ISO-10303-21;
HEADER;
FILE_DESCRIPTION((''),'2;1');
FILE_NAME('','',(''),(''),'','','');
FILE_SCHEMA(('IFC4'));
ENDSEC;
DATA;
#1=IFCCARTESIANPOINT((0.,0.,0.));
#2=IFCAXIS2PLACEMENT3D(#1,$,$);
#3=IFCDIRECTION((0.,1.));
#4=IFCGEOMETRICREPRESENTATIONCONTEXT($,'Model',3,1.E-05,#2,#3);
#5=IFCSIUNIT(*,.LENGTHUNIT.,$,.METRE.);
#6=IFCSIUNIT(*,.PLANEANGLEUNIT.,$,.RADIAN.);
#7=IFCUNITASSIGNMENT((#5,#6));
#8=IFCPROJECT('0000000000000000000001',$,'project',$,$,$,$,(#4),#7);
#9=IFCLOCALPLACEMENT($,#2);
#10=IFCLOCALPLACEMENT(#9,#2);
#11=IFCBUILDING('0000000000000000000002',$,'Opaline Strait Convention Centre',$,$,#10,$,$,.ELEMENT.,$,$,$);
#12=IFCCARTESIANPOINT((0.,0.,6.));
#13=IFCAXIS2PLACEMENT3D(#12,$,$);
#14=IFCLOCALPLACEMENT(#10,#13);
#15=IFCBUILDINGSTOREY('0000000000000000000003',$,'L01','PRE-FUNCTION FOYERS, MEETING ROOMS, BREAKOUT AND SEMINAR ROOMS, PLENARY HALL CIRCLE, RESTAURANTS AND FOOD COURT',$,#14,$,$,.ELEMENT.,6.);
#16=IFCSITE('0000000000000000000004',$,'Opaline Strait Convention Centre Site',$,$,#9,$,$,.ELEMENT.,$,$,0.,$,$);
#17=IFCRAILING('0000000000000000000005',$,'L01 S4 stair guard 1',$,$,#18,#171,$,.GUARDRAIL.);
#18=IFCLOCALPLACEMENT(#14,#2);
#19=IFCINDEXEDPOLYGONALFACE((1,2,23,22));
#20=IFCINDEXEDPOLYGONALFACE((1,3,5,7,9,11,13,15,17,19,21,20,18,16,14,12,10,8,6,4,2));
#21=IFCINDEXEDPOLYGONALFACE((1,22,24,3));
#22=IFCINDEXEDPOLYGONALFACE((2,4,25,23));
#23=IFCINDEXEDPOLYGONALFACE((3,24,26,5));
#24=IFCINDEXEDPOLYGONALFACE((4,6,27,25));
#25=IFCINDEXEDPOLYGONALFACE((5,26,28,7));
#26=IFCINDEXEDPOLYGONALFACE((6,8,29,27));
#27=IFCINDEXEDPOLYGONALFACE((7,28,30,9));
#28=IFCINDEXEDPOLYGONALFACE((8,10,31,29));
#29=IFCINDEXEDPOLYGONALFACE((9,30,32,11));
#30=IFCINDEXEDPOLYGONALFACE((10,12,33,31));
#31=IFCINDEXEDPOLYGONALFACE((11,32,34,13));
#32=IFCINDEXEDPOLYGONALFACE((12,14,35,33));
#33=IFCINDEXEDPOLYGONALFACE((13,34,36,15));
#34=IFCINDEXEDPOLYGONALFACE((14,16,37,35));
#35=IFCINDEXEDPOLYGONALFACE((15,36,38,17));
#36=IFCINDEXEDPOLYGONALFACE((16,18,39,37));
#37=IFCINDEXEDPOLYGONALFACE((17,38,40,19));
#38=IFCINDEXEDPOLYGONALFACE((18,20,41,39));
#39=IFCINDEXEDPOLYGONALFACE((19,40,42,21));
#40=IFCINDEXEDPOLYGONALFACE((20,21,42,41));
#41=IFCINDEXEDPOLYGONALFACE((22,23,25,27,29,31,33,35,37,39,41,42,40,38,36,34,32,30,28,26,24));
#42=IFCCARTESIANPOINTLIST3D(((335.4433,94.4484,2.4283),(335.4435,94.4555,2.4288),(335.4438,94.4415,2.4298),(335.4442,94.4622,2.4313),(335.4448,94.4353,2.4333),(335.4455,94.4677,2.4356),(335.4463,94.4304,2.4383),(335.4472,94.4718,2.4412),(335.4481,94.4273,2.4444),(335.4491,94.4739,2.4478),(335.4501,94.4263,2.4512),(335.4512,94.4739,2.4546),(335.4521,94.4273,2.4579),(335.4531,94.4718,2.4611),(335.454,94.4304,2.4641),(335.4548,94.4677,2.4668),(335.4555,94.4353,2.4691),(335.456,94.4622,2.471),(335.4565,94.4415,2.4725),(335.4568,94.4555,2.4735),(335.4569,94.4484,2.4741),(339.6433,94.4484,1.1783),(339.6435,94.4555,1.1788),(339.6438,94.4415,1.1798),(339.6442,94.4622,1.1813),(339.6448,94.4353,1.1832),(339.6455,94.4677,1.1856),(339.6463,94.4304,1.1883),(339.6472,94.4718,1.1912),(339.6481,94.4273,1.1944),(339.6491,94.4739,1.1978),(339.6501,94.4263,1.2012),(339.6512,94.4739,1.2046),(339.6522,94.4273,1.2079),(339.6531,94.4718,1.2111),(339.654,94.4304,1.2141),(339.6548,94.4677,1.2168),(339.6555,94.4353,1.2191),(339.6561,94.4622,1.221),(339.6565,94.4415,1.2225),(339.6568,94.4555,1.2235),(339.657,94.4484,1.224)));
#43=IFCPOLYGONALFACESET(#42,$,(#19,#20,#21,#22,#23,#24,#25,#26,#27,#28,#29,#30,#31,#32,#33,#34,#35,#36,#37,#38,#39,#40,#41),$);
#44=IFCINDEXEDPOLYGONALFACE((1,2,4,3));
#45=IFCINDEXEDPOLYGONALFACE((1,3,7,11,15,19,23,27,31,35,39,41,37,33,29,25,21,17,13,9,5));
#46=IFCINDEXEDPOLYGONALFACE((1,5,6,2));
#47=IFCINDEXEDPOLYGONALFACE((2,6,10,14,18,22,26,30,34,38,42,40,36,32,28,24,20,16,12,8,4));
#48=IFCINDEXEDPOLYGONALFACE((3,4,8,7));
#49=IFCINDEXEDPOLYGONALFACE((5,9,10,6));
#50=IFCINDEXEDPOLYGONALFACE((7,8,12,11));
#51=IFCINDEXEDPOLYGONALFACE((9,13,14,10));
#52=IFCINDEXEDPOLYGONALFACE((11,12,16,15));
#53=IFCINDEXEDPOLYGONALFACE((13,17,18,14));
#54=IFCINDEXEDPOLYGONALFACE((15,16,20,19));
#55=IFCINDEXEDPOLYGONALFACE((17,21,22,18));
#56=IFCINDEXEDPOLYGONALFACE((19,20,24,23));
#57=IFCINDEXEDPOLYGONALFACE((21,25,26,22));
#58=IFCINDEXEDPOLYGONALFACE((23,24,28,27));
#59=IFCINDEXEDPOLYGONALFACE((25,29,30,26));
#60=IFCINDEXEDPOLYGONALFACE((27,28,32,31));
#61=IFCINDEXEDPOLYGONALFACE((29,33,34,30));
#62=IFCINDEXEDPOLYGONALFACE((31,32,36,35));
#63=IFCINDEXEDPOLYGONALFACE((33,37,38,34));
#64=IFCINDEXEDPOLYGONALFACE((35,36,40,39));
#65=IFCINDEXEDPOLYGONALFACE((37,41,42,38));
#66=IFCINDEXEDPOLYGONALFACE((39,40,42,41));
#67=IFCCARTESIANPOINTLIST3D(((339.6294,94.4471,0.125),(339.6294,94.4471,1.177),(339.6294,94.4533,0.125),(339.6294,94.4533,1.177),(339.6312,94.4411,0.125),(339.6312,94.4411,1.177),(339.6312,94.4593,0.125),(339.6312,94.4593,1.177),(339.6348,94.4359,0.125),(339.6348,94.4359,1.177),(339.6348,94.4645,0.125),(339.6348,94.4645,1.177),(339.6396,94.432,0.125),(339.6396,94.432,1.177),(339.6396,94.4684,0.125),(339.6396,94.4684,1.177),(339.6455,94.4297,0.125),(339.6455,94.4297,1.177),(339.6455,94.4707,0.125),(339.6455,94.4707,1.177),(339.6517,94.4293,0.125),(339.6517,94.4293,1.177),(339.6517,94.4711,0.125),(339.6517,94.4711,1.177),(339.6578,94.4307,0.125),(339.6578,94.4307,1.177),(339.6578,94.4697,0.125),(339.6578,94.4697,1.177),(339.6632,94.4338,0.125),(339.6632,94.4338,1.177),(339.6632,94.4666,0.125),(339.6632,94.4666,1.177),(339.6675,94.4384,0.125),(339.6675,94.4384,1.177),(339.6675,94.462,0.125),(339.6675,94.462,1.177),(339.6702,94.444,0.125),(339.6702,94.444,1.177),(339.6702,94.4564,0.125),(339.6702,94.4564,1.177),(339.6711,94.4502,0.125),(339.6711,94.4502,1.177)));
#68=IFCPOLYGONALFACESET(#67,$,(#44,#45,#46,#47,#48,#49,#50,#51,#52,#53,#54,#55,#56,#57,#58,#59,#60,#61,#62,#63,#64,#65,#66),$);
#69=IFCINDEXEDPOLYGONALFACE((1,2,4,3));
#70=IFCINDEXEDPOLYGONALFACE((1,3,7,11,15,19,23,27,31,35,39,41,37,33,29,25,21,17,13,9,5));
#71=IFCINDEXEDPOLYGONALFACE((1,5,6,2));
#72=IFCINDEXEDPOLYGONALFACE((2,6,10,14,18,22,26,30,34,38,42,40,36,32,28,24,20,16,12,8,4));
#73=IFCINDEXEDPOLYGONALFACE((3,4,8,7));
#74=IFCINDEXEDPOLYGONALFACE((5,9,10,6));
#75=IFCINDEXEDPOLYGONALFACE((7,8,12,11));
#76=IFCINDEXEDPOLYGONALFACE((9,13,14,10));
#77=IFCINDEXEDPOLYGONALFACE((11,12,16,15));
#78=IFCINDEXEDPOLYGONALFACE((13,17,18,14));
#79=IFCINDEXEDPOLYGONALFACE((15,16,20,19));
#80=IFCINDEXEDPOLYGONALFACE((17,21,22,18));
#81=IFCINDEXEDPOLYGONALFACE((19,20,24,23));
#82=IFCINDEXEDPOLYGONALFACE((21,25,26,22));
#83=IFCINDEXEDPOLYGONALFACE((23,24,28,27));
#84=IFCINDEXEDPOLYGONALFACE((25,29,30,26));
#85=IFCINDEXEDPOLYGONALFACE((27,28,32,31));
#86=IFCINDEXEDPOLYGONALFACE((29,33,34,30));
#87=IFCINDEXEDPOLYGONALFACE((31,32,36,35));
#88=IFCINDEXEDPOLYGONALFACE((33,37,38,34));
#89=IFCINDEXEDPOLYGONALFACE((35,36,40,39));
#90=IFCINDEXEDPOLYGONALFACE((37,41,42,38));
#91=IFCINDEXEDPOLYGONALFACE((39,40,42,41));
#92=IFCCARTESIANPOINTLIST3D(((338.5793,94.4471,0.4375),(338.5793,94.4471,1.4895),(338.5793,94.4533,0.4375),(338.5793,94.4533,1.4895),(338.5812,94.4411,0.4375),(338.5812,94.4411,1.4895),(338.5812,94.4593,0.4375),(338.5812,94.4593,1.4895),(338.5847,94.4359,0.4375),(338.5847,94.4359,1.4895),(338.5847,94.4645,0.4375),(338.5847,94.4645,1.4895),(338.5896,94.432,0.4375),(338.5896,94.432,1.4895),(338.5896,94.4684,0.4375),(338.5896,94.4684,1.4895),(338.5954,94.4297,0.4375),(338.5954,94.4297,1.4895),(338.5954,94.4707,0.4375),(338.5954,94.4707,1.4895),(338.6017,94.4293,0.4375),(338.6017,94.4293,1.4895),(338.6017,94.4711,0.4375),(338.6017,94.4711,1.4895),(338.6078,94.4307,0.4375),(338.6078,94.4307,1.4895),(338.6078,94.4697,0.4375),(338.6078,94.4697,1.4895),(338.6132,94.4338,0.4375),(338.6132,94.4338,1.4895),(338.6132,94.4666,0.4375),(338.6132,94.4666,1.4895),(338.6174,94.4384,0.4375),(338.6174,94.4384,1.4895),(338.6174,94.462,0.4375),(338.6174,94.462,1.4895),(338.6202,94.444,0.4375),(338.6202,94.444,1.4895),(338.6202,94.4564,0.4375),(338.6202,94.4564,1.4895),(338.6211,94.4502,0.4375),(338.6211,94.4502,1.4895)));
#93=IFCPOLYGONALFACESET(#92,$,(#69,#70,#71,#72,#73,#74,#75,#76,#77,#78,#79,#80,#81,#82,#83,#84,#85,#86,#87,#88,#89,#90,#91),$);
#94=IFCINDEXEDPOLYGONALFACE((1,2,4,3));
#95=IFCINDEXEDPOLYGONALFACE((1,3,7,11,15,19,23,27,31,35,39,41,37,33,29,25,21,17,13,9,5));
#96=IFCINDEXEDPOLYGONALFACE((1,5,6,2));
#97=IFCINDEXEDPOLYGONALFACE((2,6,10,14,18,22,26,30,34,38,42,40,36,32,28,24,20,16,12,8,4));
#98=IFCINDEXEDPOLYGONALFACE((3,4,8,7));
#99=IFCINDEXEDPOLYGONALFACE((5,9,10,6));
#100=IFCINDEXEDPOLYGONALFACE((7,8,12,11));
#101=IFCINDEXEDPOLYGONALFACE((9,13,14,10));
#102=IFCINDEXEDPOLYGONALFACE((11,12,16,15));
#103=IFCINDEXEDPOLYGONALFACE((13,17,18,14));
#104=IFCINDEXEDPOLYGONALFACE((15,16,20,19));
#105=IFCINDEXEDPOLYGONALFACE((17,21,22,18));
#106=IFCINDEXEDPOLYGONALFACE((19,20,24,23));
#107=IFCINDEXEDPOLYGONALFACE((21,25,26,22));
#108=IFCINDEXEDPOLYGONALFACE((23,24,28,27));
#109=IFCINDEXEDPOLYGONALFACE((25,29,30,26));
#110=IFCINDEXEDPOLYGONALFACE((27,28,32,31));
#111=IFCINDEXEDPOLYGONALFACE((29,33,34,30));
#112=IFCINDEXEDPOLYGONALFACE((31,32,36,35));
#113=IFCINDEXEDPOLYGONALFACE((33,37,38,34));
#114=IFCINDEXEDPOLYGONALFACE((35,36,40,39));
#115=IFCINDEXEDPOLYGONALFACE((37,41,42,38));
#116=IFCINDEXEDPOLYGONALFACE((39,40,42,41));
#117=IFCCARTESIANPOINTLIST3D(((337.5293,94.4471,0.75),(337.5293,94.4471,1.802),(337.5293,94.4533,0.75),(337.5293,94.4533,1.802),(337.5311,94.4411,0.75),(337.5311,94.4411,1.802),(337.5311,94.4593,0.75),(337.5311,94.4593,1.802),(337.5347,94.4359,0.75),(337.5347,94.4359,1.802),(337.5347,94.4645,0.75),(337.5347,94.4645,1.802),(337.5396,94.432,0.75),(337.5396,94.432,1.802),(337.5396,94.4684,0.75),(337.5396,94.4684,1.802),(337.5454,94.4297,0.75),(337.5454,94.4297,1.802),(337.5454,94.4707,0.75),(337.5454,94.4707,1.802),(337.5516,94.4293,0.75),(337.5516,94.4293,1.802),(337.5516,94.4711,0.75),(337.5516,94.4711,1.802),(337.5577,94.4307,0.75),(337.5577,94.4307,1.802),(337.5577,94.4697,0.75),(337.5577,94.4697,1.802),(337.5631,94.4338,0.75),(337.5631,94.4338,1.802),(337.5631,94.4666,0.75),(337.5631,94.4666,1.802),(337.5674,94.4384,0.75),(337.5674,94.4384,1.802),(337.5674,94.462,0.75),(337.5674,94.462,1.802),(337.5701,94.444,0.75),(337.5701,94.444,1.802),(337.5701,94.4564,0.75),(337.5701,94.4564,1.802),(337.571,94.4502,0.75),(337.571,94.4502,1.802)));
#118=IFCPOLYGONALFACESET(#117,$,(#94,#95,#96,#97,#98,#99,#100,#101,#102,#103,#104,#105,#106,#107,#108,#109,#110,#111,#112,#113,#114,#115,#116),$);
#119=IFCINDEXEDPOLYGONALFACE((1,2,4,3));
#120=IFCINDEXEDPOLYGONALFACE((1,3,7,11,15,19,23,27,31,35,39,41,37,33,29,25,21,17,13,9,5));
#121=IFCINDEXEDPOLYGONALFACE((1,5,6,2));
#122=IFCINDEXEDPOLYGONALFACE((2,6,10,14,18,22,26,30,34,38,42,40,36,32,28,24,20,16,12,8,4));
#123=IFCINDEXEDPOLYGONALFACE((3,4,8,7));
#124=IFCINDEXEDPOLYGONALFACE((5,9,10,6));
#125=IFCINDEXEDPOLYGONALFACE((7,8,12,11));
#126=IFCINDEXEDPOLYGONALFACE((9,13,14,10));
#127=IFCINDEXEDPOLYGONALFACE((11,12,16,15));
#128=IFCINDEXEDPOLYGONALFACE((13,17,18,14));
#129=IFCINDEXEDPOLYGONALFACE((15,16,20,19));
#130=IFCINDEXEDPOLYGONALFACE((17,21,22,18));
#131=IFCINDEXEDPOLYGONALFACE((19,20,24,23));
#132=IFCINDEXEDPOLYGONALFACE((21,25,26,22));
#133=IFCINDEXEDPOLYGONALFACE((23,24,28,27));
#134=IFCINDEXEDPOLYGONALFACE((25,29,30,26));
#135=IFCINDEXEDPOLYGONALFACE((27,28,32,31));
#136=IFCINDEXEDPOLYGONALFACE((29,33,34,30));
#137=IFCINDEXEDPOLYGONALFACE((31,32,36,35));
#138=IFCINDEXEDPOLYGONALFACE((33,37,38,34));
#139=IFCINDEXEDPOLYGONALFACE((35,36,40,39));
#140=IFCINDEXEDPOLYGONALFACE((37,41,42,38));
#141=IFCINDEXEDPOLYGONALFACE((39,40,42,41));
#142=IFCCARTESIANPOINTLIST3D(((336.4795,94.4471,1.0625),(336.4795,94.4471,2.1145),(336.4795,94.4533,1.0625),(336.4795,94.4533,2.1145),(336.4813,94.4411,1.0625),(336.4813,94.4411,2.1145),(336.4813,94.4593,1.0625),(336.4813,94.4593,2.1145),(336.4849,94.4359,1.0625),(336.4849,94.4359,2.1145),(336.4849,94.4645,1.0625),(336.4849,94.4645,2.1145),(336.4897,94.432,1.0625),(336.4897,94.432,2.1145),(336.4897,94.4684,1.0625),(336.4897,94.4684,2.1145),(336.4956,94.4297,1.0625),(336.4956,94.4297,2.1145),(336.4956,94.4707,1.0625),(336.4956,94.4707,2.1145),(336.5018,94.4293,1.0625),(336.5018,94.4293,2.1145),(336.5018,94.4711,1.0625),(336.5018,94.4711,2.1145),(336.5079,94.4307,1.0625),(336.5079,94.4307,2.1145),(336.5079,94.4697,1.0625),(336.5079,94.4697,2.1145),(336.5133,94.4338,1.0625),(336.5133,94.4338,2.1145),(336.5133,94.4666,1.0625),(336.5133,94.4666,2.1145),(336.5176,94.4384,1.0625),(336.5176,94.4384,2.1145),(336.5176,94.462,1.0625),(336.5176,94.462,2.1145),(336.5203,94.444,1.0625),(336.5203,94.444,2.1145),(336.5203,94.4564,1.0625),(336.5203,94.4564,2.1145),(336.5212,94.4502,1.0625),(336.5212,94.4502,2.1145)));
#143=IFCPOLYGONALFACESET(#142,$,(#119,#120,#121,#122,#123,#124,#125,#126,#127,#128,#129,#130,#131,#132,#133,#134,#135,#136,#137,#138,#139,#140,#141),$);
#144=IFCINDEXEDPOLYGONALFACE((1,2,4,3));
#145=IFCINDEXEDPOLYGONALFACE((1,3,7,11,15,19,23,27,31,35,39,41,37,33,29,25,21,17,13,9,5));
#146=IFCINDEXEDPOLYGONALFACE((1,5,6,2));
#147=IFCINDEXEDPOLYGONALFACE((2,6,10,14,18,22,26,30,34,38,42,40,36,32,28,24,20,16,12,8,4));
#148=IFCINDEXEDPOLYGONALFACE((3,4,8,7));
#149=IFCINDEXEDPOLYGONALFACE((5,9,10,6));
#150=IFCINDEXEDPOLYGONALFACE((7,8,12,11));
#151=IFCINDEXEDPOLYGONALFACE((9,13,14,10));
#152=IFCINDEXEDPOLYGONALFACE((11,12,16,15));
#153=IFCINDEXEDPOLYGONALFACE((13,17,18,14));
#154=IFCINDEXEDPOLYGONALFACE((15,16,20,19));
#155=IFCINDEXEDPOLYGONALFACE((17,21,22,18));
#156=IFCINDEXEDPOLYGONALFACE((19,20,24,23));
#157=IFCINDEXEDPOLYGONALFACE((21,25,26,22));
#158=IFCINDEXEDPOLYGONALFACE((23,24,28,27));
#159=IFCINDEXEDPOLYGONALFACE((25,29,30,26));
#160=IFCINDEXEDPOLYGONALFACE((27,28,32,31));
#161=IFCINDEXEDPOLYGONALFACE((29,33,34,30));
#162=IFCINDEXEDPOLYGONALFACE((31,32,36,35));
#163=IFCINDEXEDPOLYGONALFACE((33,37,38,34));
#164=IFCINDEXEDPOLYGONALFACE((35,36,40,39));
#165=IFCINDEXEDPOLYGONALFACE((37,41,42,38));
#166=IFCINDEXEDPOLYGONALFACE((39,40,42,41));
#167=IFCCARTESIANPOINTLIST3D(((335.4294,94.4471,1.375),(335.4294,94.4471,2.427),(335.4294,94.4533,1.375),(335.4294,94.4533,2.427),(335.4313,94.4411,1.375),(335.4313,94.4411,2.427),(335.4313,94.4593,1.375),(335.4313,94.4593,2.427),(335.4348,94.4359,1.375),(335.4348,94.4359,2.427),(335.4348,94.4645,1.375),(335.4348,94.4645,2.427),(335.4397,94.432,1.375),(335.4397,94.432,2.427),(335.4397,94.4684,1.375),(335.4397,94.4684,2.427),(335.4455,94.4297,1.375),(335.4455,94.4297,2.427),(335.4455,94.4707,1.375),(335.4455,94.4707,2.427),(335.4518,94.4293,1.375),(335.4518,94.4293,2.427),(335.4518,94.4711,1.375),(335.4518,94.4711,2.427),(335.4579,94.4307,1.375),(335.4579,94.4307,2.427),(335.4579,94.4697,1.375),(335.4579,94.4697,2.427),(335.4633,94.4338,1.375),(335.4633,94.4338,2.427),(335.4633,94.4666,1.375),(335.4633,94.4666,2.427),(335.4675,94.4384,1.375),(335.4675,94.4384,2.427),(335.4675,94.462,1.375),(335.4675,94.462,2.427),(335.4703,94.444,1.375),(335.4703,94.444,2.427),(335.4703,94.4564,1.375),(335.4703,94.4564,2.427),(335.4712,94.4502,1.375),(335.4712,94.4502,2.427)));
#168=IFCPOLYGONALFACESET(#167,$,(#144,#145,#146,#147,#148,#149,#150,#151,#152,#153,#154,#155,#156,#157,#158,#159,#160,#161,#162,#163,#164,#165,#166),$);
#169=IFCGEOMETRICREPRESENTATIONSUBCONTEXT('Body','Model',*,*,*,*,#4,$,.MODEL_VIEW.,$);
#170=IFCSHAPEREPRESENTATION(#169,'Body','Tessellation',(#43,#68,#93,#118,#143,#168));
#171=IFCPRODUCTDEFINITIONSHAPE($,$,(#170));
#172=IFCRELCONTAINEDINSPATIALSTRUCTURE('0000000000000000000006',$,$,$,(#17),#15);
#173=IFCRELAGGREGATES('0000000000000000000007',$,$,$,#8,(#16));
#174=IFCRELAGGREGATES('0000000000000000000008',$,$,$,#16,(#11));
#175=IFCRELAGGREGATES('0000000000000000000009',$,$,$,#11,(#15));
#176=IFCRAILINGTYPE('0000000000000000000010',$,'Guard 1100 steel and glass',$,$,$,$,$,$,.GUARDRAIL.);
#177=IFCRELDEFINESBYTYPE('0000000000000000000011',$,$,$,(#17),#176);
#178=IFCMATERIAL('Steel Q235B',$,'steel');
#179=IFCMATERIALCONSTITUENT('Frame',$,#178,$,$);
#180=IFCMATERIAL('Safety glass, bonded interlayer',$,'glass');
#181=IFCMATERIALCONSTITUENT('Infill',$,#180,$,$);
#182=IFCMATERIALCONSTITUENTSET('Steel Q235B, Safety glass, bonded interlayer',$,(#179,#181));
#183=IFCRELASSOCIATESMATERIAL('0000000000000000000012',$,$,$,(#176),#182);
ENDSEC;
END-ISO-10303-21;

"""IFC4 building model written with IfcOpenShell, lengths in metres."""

from ifc_helpers import new_model, si_unit, direction, frame, origin, origin_2d, place, context, subcontext, project, spatial, circle, extrude, material, constituent, constituent_set, type_object, element, save


model = new_model("IFC4")

# Units and contexts
model_context = context("Model", 3, precision=1e-05, world=origin(), true_north=direction((0.0, 1.0)))
body_context = subcontext(model_context, "Body", "Model", "MODEL_VIEW")
ifc_project = project(units=[si_unit("LENGTHUNIT", "METRE"), si_unit("PLANEANGLEUNIT", "RADIAN")], contexts=[model_context])

# Site, building, storey
site_placement = place(None, origin())
site = spatial("IfcSite", under=ifc_project, at=site_placement, Name="Opaline Strait Convention Centre Site", CompositionType="ELEMENT", RefElevation=0.0)
building_placement = place(site_placement, origin())
building = spatial("IfcBuilding", under=site, at=building_placement, Name="Opaline Strait Convention Centre", CompositionType="ELEMENT")
storey_placement = place(building_placement, frame((0.0, 0.0, 6.0)))
storey = spatial("IfcBuildingStorey", under=building, at=storey_placement, Name="L01", Description="PRE-FUNCTION FOYERS, MEETING ROOMS, BREAKOUT AND SEMINAR ROOMS, PLENARY HALL CIRCLE, RESTAURANTS AND FOOD COURT", CompositionType="ELEMENT", Elevation=6.0)

# Railing
ifc_material_1 = material(Name="Steel Q235B", Category="steel")
ifc_constituent_1 = constituent(ifc_material_1, Name="Frame")
ifc_material_2 = material(Name="Safety glass, bonded interlayer", Category="glass")
ifc_constituent_2 = constituent(ifc_material_2, Name="Infill")
ifc_constituent_set = constituent_set(constituents=[ifc_constituent_1, ifc_constituent_2], Name="Steel Q235B, Safety glass, bonded interlayer")
railing_type_1 = type_object("IfcRailingType", Name="Guard 1100 steel and glass", PredefinedType="GUARDRAIL", material=ifc_constituent_set)
railing_1_placement = place(storey_placement, frame((339.6501, 94.4502, 0.125)))
element("IfcRailing", 1, at=railing_1_placement, inside=storey, type_object=railing_type_1, Name="L01 S4 stair guard 1", PredefinedType="GUARDRAIL", context=body_context, shape_type="SweptSolid", body=[
    extrude(circle(Radius=0.0239, at=origin_2d()), frame((0.0, 0.0, 1.0762), z_axis=(-0.958451, 0.0, 0.285257), x_axis=(0.0, -1.0, 0.0)), (0.0, 0.0, 1.0), 4.3821),
    extrude(circle(Radius=0.021, at=origin_2d()), origin(), (0.0, 0.0, 1.0), 1.052),
    extrude(circle(Radius=0.021, at=origin_2d()), frame((-1.05, 0.0, 0.3125)), (0.0, 0.0, 1.0), 1.052),
    extrude(circle(Radius=0.021, at=origin_2d()), frame((-2.1001, 0.0, 0.625)), (0.0, 0.0, 1.0), 1.052),
    extrude(circle(Radius=0.021, at=origin_2d()), frame((-3.1499, 0.0, 0.9375)), (0.0, 0.0, 1.0), 1.052),
    extrude(circle(Radius=0.021, at=origin_2d()), frame((-4.2, 0.0, 1.25)), (0.0, 0.0, 1.0), 1.052),
])

save(model, "model.ifc")
